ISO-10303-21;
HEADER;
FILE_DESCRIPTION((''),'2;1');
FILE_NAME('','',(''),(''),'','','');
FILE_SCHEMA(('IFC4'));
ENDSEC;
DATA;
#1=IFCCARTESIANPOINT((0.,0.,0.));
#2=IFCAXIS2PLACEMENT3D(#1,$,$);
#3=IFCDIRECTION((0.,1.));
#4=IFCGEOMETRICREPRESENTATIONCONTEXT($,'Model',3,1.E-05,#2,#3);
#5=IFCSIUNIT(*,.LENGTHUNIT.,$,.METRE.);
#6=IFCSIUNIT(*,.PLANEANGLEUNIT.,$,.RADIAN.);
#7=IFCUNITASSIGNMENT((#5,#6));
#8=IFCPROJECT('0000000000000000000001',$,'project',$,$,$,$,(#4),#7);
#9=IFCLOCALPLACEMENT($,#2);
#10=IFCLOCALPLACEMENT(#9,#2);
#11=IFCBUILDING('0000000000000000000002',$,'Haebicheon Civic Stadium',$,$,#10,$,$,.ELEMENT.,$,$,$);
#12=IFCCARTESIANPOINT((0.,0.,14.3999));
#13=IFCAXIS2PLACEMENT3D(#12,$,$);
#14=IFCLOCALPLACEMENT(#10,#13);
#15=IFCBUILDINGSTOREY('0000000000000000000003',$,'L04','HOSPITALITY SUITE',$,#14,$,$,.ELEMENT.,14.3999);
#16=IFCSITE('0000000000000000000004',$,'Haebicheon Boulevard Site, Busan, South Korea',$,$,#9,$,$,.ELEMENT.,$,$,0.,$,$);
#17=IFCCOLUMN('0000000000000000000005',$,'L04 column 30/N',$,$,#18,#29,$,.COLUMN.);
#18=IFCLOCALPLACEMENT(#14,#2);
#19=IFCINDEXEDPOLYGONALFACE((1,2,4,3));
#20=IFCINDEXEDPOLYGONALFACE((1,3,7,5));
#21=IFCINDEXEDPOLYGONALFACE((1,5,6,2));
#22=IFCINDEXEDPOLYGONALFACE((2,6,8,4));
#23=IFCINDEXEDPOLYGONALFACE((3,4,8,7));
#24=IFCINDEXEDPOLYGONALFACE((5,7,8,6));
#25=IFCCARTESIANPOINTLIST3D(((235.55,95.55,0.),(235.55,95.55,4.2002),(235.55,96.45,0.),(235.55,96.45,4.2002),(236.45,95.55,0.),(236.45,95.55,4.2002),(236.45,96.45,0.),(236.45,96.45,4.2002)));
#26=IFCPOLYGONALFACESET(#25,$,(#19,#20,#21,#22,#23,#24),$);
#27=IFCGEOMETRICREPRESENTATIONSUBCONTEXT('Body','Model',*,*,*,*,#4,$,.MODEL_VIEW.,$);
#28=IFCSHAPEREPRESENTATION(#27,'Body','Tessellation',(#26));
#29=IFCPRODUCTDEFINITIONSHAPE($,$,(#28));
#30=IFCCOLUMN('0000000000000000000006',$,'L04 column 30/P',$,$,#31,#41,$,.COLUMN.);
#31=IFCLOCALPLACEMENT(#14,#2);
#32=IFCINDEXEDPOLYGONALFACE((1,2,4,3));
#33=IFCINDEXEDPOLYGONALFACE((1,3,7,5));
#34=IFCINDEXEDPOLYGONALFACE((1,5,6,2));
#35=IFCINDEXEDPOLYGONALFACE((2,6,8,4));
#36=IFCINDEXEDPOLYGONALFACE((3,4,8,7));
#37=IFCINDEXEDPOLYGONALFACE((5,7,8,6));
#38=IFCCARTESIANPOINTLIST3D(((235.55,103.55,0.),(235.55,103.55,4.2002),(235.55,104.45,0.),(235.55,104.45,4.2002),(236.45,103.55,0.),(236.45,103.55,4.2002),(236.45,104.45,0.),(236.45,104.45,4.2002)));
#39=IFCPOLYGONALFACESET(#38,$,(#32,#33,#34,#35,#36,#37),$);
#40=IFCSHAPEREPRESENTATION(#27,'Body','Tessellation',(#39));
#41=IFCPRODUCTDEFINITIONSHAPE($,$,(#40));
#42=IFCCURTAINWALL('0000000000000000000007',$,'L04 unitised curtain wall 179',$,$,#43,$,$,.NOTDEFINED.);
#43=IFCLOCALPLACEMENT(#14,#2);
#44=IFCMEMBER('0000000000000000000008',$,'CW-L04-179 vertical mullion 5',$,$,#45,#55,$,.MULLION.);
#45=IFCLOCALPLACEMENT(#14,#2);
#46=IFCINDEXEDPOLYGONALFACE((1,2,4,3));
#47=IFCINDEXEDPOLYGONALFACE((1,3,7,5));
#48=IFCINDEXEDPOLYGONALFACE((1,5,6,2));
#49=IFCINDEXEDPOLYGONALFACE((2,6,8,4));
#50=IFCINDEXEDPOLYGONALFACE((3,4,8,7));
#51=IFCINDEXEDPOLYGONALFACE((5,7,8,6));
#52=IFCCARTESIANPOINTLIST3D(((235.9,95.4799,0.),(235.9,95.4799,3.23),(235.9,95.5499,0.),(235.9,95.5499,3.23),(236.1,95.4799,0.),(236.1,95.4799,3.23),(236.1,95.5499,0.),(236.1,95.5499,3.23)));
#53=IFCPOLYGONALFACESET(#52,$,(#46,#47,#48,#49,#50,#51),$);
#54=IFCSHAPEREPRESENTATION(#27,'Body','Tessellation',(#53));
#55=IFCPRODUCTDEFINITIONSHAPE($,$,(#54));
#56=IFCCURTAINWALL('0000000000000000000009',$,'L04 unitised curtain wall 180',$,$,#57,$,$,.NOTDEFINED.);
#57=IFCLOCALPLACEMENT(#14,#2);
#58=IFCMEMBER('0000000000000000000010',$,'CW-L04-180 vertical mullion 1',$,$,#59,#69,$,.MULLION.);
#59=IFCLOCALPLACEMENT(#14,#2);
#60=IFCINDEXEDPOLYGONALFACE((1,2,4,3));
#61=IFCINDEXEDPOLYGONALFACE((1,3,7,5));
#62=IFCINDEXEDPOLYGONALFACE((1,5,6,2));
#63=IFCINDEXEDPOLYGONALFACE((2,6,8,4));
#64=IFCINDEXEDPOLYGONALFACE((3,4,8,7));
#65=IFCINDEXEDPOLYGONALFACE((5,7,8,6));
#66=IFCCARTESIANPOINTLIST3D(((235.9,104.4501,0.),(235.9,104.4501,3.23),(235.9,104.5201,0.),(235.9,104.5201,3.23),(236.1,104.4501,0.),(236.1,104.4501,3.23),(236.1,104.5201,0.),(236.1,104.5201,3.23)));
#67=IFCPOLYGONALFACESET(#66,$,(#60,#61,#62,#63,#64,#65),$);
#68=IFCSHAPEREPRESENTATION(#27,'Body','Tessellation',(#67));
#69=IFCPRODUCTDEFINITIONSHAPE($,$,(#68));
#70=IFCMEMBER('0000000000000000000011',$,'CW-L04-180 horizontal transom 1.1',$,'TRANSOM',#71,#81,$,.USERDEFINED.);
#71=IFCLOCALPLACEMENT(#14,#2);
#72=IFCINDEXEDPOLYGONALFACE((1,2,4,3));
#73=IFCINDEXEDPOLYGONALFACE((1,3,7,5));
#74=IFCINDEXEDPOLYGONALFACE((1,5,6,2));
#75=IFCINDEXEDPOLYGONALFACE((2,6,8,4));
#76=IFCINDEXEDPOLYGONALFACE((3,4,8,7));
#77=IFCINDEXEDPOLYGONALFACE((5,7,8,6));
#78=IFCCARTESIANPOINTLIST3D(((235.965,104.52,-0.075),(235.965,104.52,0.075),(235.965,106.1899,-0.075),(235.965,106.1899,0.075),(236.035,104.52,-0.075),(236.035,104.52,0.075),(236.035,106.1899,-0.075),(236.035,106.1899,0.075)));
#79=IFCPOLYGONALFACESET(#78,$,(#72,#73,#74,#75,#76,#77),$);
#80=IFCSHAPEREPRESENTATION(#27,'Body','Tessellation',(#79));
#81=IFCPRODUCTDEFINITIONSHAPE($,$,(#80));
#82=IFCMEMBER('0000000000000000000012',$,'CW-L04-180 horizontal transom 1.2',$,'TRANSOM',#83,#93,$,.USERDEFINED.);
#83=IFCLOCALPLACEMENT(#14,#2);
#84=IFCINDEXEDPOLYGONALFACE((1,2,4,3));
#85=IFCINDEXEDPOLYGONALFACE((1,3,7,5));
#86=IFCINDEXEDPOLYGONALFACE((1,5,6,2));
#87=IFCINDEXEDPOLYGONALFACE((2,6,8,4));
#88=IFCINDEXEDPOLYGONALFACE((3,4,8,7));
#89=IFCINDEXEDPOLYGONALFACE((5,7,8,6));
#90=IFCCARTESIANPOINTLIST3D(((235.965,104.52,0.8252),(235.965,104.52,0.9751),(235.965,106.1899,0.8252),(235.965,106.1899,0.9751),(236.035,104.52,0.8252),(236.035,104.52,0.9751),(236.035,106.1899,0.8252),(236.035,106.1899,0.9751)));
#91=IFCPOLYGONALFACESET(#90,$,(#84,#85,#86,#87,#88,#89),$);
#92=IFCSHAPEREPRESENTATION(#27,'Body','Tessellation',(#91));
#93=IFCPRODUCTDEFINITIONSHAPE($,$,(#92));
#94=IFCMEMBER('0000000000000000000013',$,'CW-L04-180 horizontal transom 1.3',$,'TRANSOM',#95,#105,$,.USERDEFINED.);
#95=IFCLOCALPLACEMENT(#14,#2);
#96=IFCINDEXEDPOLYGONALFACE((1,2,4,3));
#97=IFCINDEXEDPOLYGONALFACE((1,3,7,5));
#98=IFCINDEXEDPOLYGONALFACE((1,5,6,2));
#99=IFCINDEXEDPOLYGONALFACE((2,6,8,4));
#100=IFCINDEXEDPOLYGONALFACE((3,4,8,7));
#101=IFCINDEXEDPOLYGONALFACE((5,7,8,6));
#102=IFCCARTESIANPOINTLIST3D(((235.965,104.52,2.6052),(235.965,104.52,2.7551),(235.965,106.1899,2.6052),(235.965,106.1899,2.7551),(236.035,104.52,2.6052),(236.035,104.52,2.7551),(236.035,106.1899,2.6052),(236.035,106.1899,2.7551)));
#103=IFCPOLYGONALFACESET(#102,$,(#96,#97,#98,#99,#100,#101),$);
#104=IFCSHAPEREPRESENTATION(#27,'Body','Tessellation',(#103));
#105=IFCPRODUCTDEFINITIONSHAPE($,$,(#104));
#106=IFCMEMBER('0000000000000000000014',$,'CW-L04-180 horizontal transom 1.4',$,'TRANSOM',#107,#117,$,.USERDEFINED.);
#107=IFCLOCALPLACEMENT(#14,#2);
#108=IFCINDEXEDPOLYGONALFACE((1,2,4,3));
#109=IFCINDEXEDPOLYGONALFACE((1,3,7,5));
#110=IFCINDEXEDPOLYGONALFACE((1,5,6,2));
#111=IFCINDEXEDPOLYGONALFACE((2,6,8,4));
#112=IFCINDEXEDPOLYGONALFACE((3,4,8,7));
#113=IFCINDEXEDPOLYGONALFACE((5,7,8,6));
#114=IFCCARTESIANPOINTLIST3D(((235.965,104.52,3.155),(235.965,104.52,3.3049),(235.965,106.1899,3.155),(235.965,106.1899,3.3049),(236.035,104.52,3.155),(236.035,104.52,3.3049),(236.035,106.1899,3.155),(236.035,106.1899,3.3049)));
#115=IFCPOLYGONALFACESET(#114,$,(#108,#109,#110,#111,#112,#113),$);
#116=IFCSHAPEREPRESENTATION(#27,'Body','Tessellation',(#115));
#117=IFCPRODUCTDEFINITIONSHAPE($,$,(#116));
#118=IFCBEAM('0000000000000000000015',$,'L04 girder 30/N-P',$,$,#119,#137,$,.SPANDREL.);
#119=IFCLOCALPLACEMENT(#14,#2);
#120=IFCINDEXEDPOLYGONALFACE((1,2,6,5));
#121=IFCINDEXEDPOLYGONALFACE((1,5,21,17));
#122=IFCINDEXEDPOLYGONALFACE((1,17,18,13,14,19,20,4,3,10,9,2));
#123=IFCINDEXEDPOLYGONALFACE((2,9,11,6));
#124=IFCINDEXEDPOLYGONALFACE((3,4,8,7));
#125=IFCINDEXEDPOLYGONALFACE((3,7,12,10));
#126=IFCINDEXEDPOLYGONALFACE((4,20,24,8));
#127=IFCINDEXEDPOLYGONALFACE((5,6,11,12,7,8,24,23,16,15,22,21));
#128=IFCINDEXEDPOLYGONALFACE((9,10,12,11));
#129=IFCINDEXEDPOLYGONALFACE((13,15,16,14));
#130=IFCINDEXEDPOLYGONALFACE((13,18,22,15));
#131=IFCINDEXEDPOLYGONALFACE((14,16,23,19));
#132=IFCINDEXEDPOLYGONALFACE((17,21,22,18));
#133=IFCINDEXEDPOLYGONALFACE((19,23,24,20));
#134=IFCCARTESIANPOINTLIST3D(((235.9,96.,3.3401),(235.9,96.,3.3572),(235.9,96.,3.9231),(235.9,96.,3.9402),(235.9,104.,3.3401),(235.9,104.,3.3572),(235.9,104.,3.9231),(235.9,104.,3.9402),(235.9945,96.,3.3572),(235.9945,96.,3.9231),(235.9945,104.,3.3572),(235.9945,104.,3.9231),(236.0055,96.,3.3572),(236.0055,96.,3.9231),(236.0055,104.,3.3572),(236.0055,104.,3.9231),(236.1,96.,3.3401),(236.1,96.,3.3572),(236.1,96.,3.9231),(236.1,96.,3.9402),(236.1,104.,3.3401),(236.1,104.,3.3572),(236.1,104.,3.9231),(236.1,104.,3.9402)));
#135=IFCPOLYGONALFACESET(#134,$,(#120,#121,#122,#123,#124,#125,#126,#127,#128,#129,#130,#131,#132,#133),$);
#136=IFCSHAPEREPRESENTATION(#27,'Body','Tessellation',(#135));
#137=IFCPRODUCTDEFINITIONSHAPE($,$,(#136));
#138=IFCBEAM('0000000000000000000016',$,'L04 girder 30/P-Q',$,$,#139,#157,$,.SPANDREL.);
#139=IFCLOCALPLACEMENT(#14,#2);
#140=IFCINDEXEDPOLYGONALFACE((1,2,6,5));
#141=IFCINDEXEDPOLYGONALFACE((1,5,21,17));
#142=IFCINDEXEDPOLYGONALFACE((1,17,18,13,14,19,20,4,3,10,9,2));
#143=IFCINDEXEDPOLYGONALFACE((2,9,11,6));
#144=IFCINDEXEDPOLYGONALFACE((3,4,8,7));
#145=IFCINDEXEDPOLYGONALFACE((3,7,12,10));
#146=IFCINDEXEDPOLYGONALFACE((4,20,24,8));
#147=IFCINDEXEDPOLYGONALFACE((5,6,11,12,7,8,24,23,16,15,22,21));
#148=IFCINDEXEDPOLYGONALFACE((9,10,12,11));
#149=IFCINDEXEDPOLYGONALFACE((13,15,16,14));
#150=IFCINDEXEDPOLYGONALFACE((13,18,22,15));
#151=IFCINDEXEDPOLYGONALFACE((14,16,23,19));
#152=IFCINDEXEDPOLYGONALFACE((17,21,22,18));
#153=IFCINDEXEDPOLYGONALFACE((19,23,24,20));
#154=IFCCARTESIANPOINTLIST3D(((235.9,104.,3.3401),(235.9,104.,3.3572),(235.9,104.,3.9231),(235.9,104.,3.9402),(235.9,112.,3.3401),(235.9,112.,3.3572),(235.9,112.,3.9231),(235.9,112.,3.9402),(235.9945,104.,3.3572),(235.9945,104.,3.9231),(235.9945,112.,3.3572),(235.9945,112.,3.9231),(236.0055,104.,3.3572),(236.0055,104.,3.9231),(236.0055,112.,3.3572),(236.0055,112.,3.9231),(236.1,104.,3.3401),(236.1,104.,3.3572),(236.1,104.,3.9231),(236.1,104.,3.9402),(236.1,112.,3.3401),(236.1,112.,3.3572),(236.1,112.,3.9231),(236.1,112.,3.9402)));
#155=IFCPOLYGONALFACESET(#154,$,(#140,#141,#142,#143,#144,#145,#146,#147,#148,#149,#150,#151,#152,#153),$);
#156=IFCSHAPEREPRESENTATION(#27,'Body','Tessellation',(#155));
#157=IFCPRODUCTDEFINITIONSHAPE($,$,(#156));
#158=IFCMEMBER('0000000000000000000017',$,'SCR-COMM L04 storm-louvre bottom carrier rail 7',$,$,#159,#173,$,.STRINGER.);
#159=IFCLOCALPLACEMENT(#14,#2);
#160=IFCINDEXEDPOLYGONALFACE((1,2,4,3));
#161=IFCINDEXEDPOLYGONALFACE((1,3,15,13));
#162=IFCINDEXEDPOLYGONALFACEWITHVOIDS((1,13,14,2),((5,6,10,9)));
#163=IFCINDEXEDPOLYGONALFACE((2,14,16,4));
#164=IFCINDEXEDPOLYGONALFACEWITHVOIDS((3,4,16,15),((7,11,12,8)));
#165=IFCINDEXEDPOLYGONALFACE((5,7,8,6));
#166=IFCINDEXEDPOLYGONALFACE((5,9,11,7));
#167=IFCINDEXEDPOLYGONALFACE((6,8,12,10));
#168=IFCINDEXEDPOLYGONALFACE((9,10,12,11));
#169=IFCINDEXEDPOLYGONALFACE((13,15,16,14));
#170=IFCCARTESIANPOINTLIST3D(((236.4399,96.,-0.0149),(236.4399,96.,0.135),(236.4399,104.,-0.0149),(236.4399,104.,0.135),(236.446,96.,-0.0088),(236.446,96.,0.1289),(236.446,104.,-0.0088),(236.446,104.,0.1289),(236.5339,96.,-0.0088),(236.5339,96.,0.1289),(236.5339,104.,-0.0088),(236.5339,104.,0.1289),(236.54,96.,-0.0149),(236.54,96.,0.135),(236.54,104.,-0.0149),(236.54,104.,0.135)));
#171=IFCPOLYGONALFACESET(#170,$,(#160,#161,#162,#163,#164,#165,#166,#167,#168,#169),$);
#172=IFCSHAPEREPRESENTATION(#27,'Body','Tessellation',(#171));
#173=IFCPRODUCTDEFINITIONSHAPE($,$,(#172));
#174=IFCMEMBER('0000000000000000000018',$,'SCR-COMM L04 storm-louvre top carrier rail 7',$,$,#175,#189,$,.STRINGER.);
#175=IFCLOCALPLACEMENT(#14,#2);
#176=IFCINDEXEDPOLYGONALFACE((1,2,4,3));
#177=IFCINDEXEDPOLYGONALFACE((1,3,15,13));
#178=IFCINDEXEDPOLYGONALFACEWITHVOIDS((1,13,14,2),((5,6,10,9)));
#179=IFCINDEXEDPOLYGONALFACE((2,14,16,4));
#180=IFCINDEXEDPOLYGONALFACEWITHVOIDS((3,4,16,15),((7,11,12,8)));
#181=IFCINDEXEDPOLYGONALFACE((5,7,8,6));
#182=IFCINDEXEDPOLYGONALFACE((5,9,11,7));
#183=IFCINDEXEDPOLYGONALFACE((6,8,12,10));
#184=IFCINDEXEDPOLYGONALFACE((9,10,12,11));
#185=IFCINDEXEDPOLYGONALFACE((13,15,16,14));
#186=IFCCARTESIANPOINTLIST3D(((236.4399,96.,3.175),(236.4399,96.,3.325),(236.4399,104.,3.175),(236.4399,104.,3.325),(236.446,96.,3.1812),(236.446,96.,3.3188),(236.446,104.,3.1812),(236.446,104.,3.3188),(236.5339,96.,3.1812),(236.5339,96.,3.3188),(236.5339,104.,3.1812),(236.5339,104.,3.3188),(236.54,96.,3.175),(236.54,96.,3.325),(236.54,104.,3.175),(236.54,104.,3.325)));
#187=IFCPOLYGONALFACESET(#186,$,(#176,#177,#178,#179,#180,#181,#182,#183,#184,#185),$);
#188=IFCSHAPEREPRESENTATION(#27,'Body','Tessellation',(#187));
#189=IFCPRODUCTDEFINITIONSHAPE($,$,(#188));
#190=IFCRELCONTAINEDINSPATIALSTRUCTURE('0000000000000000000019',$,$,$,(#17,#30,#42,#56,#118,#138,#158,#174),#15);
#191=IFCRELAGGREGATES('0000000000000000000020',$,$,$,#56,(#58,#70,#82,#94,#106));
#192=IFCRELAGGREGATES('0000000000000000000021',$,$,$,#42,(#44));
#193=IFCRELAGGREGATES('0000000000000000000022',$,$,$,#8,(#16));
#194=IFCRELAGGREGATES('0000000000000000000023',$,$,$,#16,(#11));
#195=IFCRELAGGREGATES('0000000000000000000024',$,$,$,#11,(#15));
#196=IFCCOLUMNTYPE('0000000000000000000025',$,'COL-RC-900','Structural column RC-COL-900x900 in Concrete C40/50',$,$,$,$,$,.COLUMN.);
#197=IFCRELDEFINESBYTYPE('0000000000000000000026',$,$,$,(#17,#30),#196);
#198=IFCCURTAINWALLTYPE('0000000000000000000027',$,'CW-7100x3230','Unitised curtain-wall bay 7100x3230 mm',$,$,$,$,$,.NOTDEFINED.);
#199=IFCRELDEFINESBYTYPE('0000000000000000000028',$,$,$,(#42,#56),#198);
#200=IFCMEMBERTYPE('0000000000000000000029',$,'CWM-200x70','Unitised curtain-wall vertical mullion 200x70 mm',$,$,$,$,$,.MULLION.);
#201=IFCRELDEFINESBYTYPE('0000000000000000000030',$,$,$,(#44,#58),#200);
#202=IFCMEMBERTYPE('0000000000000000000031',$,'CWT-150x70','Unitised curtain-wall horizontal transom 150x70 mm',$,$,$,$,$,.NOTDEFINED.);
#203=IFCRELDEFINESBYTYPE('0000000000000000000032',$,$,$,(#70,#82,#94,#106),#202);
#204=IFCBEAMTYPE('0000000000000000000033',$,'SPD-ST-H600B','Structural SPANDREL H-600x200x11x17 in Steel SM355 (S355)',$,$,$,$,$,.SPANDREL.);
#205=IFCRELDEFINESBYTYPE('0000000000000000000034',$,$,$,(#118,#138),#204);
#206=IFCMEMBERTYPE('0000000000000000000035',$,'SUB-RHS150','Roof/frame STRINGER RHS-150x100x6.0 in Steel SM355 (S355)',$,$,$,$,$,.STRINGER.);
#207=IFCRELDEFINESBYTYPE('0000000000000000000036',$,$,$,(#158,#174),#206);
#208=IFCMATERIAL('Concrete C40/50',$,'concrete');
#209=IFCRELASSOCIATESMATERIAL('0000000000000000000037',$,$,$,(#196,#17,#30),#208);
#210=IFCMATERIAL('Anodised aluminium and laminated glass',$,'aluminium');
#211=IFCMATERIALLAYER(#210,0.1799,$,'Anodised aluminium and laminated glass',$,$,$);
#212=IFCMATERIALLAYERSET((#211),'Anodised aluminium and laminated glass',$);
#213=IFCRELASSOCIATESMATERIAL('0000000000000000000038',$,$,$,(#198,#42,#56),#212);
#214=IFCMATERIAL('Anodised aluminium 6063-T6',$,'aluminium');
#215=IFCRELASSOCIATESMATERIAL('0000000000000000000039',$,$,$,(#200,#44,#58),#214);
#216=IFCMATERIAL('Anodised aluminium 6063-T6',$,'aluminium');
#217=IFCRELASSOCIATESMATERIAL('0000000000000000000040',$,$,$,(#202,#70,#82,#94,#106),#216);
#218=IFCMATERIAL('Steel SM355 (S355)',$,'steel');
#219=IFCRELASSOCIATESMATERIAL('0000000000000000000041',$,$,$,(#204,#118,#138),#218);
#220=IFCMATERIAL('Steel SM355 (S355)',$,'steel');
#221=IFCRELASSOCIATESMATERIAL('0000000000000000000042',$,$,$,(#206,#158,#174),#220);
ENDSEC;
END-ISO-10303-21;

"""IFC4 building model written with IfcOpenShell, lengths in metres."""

from ifc_helpers import new_model, si_unit, direction, frame, origin, origin_2d, place, context, subcontext, project, spatial, rectangle, hollow_rectangle, i_section, extrude, material, layer, layer_set, material_profile, profile_set, type_object, element, aggregate, save


model = new_model("IFC4")

# Units and contexts
model_context = context("Model", 3, precision=1e-05, world=origin(), true_north=direction((0.0, 1.0)))
body_context = subcontext(model_context, "Body", "Model", "MODEL_VIEW")
ifc_project = project(units=[si_unit("LENGTHUNIT", "METRE"), si_unit("PLANEANGLEUNIT", "RADIAN")], contexts=[model_context])

# Site, building, storey
site_placement = place(None, origin())
site = spatial("IfcSite", under=ifc_project, at=site_placement, Name="Haebicheon Boulevard Site, Busan, South Korea", CompositionType="ELEMENT", RefElevation=0.0)
building_placement = place(site_placement, origin())
building = spatial("IfcBuilding", under=site, at=building_placement, Name="Haebicheon Civic Stadium", CompositionType="ELEMENT")
storey_placement = place(building_placement, frame((0.0, 0.0, 14.3999)))
storey = spatial("IfcBuildingStorey", under=building, at=storey_placement, Name="L04", Description="HOSPITALITY SUITE", CompositionType="ELEMENT", Elevation=14.3999)

# Columns
ifc_material_1 = material(Name="Concrete C40/50", Category="concrete")
ifc_material_profile_1 = material_profile(ifc_material_1, rectangle(XDim=0.8999, YDim=0.8999, at=origin_2d()), Name="RC-COL-900x900")
ifc_profile_set_1 = profile_set([ifc_material_profile_1], Name="Concrete C40/50")
column_type = type_object("IfcColumnType", Name="COL-RC-900", Description="Structural column RC-COL-900x900 in Concrete C40/50", PredefinedType="COLUMN", material=ifc_profile_set_1)
for number, where, z_axis, x_axis, name in (
    (1, (236.0, 96.0, 0.0), (0.0, 0.0, 1.0), (1.0, 0.0, 0.0), "L04 column 30/N"),
    (2, (236.0, 104.0, 0.0), (0.0, 0.0, 1.0), (1.0, 0.0, 0.0), "L04 column 30/P"),
):
    element("IfcColumn", number, at=place(storey_placement, frame(where, z_axis=z_axis, x_axis=x_axis)), inside=storey, type_object=column_type, material=ifc_profile_set_1, Name=name, PredefinedType="COLUMN", context=body_context, shape_type="SweptSolid", body=[
        extrude(rectangle(XDim=0.8999, YDim=0.8999, at=origin_2d()), origin(), (0.0, 0.0, 1.0), 4.2002),
    ])

# Curtain wall, member
ifc_material_2 = material(Name="Anodised aluminium and laminated glass", Category="aluminium")
ifc_layer_1 = layer(ifc_material_2, 0.1799, Name="Anodised aluminium and laminated glass")
ifc_layer_set_1 = layer_set([ifc_layer_1], Name="Anodised aluminium and laminated glass")
curtain_wall_type = type_object("IfcCurtainWallType", Name="CW-7100x3230", Description="Unitised curtain-wall bay 7100x3230 mm", PredefinedType="NOTDEFINED", material=ifc_layer_set_1)
curtain_wall_1_placement = place(storey_placement, origin())
curtain_wall_1 = element("IfcCurtainWall", 3, at=curtain_wall_1_placement, inside=storey, type_object=curtain_wall_type, material=ifc_layer_set_1, Name="L04 unitised curtain wall 179", PredefinedType="NOTDEFINED")
ifc_material_3 = material(Name="Anodised aluminium 6063-T6", Category="aluminium")
ifc_material_profile_2 = material_profile(ifc_material_3, rectangle(XDim=0.0701, YDim=0.2, at=origin_2d()), Name="ALU-MULL-70x200")
ifc_profile_set_2 = profile_set([ifc_material_profile_2], Name="Anodised aluminium 6063-T6")
member_type_1 = type_object("IfcMemberType", Name="CWM-200x70", Description="Unitised curtain-wall vertical mullion 200x70 mm", PredefinedType="MULLION", material=ifc_profile_set_2)
member_1_placement = place(storey_placement, frame((236.0, 95.5149, 0.0), z_axis=(0.0, 0.0, 1.0), x_axis=(0.0, 1.0, 0.0)))
member_1 = element("IfcMember", 4, at=member_1_placement, type_object=member_type_1, material=ifc_profile_set_2, Name="CW-L04-179 vertical mullion 5", PredefinedType="MULLION", context=body_context, shape_type="SweptSolid", body=[
    extrude(rectangle(XDim=0.0701, YDim=0.2, at=origin_2d()), origin(), (0.0, 0.0, 1.0), 3.23),
])

# Curtain wall, members
curtain_wall_2_placement = place(storey_placement, origin())
curtain_wall_2 = element("IfcCurtainWall", 5, at=curtain_wall_2_placement, inside=storey, type_object=curtain_wall_type, material=ifc_layer_set_1, Name="L04 unitised curtain wall 180", PredefinedType="NOTDEFINED")
member_2_placement = place(storey_placement, frame((236.0, 104.4851, 0.0), z_axis=(0.0, 0.0, 1.0), x_axis=(0.0, 1.0, 0.0)))
member_2 = element("IfcMember", 6, at=member_2_placement, type_object=member_type_1, material=ifc_profile_set_2, Name="CW-L04-180 vertical mullion 1", PredefinedType="MULLION", context=body_context, shape_type="SweptSolid", body=[
    extrude(rectangle(XDim=0.0701, YDim=0.2, at=origin_2d()), origin(), (0.0, 0.0, 1.0), 3.23),
])
ifc_material_4 = material(Name="Anodised aluminium 6063-T6", Category="aluminium")
ifc_material_profile_3 = material_profile(ifc_material_4, rectangle(XDim=0.0701, YDim=0.1499, at=origin_2d()), Name="ALU-TRAN-70x150")
ifc_profile_set_3 = profile_set([ifc_material_profile_3], Name="Anodised aluminium 6063-T6")
member_type_2 = type_object("IfcMemberType", Name="CWT-150x70", Description="Unitised curtain-wall horizontal transom 150x70 mm", PredefinedType="NOTDEFINED", material=ifc_profile_set_3)
member_3_placement = place(storey_placement, frame((236.0, 104.52, 0.0), z_axis=(0.0, 1.0, 0.0), x_axis=(-1.0, 0.0, 0.0)))
member_3 = element("IfcMember", 7, at=member_3_placement, type_object=member_type_2, material=ifc_profile_set_3, Name="CW-L04-180 horizontal transom 1.1", ObjectType="TRANSOM", PredefinedType="USERDEFINED", context=body_context, shape_type="SweptSolid", body=[
    extrude(rectangle(XDim=0.0701, YDim=0.1499, at=origin_2d()), origin(), (0.0, 0.0, 1.0), 1.6699),
])
member_4_placement = place(storey_placement, frame((236.0, 104.52, 0.9001), z_axis=(0.0, 1.0, 0.0), x_axis=(-1.0, 0.0, 0.0)))
member_4 = element("IfcMember", 8, at=member_4_placement, type_object=member_type_2, material=ifc_profile_set_3, Name="CW-L04-180 horizontal transom 1.2", ObjectType="TRANSOM", PredefinedType="USERDEFINED", context=body_context, shape_type="SweptSolid", body=[
    extrude(rectangle(XDim=0.0701, YDim=0.1499, at=origin_2d()), origin(), (0.0, 0.0, 1.0), 1.6699),
])
member_5_placement = place(storey_placement, frame((236.0, 104.52, 2.6802), z_axis=(0.0, 1.0, 0.0), x_axis=(-1.0, 0.0, 0.0)))
member_5 = element("IfcMember", 9, at=member_5_placement, type_object=member_type_2, material=ifc_profile_set_3, Name="CW-L04-180 horizontal transom 1.3", ObjectType="TRANSOM", PredefinedType="USERDEFINED", context=body_context, shape_type="SweptSolid", body=[
    extrude(rectangle(XDim=0.0701, YDim=0.1499, at=origin_2d()), origin(), (0.0, 0.0, 1.0), 1.6699),
])
member_6_placement = place(storey_placement, frame((236.0, 104.52, 3.23), z_axis=(0.0, 1.0, 0.0), x_axis=(-1.0, 0.0, 0.0)))
member_6 = element("IfcMember", 10, at=member_6_placement, type_object=member_type_2, material=ifc_profile_set_3, Name="CW-L04-180 horizontal transom 1.4", ObjectType="TRANSOM", PredefinedType="USERDEFINED", context=body_context, shape_type="SweptSolid", body=[
    extrude(rectangle(XDim=0.0701, YDim=0.1499, at=origin_2d()), origin(), (0.0, 0.0, 1.0), 1.6699),
])
aggregate(curtain_wall_2, [member_2, member_3, member_4, member_5, member_6])

# Beams
ifc_material_5 = material(Name="Steel SM355 (S355)", Category="steel")
ifc_material_profile_4 = material_profile(ifc_material_5, i_section(OverallWidth=0.2, OverallDepth=0.6001, WebThickness=0.011, FlangeThickness=0.0171, at=origin_2d()), Name="H-600x200x11x17")
ifc_profile_set_4 = profile_set([ifc_material_profile_4], Name="Steel SM355 (S355)")
beam_type = type_object("IfcBeamType", Name="SPD-ST-H600B", Description="Structural SPANDREL H-600x200x11x17 in Steel SM355 (S355)", PredefinedType="SPANDREL", material=ifc_profile_set_4)
for number, where, z_axis, x_axis, name in (
    (11, (236.0, 96.0, 3.6401), (0.0, 1.0, 0.0), (-1.0, 0.0, 0.0), "L04 girder 30/N-P"),
    (12, (236.0, 104.0, 3.6401), (0.0, 1.0, 0.0), (-1.0, 0.0, 0.0), "L04 girder 30/P-Q"),
):
    element("IfcBeam", number, at=place(storey_placement, frame(where, z_axis=z_axis, x_axis=x_axis)), inside=storey, type_object=beam_type, material=ifc_profile_set_4, Name=name, PredefinedType="SPANDREL", context=body_context, shape_type="SweptSolid", body=[
        extrude(i_section(OverallWidth=0.2, OverallDepth=0.6001, WebThickness=0.011, FlangeThickness=0.0171, at=origin_2d()), origin(), (0.0, 0.0, 1.0), 8.0),
    ])

# Members
ifc_material_6 = material(Name="Steel SM355 (S355)", Category="steel")
ifc_material_profile_5 = material_profile(ifc_material_6, hollow_rectangle(XDim=0.1001, YDim=0.1499, WallThickness=0.0061, at=origin_2d()), Name="RHS-150x100x6.0")
ifc_profile_set_5 = profile_set([ifc_material_profile_5], Name="Steel SM355 (S355)")
member_type_3 = type_object("IfcMemberType", Name="SUB-RHS150", Description="Roof/frame STRINGER RHS-150x100x6.0 in Steel SM355 (S355)", PredefinedType="STRINGER", material=ifc_profile_set_5)
for number, where, z_axis, x_axis, name in (
    (13, (236.49, 96.0, 0.0601), (0.0, 1.0, 0.0), (-1.0, 0.0, 0.0), "SCR-COMM L04 storm-louvre bottom carrier rail 7"),
    (14, (236.49, 96.0, 3.25), (0.0, 1.0, 0.0), (-1.0, 0.0, 0.0), "SCR-COMM L04 storm-louvre top carrier rail 7"),
):
    element("IfcMember", number, at=place(storey_placement, frame(where, z_axis=z_axis, x_axis=x_axis)), inside=storey, type_object=member_type_3, material=ifc_profile_set_5, Name=name, PredefinedType="STRINGER", context=body_context, shape_type="SweptSolid", body=[
        extrude(hollow_rectangle(XDim=0.1001, YDim=0.1499, WallThickness=0.0061, at=origin_2d()), origin(), (0.0, 0.0, 1.0), 8.0),
    ])

aggregate(curtain_wall_1, [member_1])

save(model, "model.ifc")
